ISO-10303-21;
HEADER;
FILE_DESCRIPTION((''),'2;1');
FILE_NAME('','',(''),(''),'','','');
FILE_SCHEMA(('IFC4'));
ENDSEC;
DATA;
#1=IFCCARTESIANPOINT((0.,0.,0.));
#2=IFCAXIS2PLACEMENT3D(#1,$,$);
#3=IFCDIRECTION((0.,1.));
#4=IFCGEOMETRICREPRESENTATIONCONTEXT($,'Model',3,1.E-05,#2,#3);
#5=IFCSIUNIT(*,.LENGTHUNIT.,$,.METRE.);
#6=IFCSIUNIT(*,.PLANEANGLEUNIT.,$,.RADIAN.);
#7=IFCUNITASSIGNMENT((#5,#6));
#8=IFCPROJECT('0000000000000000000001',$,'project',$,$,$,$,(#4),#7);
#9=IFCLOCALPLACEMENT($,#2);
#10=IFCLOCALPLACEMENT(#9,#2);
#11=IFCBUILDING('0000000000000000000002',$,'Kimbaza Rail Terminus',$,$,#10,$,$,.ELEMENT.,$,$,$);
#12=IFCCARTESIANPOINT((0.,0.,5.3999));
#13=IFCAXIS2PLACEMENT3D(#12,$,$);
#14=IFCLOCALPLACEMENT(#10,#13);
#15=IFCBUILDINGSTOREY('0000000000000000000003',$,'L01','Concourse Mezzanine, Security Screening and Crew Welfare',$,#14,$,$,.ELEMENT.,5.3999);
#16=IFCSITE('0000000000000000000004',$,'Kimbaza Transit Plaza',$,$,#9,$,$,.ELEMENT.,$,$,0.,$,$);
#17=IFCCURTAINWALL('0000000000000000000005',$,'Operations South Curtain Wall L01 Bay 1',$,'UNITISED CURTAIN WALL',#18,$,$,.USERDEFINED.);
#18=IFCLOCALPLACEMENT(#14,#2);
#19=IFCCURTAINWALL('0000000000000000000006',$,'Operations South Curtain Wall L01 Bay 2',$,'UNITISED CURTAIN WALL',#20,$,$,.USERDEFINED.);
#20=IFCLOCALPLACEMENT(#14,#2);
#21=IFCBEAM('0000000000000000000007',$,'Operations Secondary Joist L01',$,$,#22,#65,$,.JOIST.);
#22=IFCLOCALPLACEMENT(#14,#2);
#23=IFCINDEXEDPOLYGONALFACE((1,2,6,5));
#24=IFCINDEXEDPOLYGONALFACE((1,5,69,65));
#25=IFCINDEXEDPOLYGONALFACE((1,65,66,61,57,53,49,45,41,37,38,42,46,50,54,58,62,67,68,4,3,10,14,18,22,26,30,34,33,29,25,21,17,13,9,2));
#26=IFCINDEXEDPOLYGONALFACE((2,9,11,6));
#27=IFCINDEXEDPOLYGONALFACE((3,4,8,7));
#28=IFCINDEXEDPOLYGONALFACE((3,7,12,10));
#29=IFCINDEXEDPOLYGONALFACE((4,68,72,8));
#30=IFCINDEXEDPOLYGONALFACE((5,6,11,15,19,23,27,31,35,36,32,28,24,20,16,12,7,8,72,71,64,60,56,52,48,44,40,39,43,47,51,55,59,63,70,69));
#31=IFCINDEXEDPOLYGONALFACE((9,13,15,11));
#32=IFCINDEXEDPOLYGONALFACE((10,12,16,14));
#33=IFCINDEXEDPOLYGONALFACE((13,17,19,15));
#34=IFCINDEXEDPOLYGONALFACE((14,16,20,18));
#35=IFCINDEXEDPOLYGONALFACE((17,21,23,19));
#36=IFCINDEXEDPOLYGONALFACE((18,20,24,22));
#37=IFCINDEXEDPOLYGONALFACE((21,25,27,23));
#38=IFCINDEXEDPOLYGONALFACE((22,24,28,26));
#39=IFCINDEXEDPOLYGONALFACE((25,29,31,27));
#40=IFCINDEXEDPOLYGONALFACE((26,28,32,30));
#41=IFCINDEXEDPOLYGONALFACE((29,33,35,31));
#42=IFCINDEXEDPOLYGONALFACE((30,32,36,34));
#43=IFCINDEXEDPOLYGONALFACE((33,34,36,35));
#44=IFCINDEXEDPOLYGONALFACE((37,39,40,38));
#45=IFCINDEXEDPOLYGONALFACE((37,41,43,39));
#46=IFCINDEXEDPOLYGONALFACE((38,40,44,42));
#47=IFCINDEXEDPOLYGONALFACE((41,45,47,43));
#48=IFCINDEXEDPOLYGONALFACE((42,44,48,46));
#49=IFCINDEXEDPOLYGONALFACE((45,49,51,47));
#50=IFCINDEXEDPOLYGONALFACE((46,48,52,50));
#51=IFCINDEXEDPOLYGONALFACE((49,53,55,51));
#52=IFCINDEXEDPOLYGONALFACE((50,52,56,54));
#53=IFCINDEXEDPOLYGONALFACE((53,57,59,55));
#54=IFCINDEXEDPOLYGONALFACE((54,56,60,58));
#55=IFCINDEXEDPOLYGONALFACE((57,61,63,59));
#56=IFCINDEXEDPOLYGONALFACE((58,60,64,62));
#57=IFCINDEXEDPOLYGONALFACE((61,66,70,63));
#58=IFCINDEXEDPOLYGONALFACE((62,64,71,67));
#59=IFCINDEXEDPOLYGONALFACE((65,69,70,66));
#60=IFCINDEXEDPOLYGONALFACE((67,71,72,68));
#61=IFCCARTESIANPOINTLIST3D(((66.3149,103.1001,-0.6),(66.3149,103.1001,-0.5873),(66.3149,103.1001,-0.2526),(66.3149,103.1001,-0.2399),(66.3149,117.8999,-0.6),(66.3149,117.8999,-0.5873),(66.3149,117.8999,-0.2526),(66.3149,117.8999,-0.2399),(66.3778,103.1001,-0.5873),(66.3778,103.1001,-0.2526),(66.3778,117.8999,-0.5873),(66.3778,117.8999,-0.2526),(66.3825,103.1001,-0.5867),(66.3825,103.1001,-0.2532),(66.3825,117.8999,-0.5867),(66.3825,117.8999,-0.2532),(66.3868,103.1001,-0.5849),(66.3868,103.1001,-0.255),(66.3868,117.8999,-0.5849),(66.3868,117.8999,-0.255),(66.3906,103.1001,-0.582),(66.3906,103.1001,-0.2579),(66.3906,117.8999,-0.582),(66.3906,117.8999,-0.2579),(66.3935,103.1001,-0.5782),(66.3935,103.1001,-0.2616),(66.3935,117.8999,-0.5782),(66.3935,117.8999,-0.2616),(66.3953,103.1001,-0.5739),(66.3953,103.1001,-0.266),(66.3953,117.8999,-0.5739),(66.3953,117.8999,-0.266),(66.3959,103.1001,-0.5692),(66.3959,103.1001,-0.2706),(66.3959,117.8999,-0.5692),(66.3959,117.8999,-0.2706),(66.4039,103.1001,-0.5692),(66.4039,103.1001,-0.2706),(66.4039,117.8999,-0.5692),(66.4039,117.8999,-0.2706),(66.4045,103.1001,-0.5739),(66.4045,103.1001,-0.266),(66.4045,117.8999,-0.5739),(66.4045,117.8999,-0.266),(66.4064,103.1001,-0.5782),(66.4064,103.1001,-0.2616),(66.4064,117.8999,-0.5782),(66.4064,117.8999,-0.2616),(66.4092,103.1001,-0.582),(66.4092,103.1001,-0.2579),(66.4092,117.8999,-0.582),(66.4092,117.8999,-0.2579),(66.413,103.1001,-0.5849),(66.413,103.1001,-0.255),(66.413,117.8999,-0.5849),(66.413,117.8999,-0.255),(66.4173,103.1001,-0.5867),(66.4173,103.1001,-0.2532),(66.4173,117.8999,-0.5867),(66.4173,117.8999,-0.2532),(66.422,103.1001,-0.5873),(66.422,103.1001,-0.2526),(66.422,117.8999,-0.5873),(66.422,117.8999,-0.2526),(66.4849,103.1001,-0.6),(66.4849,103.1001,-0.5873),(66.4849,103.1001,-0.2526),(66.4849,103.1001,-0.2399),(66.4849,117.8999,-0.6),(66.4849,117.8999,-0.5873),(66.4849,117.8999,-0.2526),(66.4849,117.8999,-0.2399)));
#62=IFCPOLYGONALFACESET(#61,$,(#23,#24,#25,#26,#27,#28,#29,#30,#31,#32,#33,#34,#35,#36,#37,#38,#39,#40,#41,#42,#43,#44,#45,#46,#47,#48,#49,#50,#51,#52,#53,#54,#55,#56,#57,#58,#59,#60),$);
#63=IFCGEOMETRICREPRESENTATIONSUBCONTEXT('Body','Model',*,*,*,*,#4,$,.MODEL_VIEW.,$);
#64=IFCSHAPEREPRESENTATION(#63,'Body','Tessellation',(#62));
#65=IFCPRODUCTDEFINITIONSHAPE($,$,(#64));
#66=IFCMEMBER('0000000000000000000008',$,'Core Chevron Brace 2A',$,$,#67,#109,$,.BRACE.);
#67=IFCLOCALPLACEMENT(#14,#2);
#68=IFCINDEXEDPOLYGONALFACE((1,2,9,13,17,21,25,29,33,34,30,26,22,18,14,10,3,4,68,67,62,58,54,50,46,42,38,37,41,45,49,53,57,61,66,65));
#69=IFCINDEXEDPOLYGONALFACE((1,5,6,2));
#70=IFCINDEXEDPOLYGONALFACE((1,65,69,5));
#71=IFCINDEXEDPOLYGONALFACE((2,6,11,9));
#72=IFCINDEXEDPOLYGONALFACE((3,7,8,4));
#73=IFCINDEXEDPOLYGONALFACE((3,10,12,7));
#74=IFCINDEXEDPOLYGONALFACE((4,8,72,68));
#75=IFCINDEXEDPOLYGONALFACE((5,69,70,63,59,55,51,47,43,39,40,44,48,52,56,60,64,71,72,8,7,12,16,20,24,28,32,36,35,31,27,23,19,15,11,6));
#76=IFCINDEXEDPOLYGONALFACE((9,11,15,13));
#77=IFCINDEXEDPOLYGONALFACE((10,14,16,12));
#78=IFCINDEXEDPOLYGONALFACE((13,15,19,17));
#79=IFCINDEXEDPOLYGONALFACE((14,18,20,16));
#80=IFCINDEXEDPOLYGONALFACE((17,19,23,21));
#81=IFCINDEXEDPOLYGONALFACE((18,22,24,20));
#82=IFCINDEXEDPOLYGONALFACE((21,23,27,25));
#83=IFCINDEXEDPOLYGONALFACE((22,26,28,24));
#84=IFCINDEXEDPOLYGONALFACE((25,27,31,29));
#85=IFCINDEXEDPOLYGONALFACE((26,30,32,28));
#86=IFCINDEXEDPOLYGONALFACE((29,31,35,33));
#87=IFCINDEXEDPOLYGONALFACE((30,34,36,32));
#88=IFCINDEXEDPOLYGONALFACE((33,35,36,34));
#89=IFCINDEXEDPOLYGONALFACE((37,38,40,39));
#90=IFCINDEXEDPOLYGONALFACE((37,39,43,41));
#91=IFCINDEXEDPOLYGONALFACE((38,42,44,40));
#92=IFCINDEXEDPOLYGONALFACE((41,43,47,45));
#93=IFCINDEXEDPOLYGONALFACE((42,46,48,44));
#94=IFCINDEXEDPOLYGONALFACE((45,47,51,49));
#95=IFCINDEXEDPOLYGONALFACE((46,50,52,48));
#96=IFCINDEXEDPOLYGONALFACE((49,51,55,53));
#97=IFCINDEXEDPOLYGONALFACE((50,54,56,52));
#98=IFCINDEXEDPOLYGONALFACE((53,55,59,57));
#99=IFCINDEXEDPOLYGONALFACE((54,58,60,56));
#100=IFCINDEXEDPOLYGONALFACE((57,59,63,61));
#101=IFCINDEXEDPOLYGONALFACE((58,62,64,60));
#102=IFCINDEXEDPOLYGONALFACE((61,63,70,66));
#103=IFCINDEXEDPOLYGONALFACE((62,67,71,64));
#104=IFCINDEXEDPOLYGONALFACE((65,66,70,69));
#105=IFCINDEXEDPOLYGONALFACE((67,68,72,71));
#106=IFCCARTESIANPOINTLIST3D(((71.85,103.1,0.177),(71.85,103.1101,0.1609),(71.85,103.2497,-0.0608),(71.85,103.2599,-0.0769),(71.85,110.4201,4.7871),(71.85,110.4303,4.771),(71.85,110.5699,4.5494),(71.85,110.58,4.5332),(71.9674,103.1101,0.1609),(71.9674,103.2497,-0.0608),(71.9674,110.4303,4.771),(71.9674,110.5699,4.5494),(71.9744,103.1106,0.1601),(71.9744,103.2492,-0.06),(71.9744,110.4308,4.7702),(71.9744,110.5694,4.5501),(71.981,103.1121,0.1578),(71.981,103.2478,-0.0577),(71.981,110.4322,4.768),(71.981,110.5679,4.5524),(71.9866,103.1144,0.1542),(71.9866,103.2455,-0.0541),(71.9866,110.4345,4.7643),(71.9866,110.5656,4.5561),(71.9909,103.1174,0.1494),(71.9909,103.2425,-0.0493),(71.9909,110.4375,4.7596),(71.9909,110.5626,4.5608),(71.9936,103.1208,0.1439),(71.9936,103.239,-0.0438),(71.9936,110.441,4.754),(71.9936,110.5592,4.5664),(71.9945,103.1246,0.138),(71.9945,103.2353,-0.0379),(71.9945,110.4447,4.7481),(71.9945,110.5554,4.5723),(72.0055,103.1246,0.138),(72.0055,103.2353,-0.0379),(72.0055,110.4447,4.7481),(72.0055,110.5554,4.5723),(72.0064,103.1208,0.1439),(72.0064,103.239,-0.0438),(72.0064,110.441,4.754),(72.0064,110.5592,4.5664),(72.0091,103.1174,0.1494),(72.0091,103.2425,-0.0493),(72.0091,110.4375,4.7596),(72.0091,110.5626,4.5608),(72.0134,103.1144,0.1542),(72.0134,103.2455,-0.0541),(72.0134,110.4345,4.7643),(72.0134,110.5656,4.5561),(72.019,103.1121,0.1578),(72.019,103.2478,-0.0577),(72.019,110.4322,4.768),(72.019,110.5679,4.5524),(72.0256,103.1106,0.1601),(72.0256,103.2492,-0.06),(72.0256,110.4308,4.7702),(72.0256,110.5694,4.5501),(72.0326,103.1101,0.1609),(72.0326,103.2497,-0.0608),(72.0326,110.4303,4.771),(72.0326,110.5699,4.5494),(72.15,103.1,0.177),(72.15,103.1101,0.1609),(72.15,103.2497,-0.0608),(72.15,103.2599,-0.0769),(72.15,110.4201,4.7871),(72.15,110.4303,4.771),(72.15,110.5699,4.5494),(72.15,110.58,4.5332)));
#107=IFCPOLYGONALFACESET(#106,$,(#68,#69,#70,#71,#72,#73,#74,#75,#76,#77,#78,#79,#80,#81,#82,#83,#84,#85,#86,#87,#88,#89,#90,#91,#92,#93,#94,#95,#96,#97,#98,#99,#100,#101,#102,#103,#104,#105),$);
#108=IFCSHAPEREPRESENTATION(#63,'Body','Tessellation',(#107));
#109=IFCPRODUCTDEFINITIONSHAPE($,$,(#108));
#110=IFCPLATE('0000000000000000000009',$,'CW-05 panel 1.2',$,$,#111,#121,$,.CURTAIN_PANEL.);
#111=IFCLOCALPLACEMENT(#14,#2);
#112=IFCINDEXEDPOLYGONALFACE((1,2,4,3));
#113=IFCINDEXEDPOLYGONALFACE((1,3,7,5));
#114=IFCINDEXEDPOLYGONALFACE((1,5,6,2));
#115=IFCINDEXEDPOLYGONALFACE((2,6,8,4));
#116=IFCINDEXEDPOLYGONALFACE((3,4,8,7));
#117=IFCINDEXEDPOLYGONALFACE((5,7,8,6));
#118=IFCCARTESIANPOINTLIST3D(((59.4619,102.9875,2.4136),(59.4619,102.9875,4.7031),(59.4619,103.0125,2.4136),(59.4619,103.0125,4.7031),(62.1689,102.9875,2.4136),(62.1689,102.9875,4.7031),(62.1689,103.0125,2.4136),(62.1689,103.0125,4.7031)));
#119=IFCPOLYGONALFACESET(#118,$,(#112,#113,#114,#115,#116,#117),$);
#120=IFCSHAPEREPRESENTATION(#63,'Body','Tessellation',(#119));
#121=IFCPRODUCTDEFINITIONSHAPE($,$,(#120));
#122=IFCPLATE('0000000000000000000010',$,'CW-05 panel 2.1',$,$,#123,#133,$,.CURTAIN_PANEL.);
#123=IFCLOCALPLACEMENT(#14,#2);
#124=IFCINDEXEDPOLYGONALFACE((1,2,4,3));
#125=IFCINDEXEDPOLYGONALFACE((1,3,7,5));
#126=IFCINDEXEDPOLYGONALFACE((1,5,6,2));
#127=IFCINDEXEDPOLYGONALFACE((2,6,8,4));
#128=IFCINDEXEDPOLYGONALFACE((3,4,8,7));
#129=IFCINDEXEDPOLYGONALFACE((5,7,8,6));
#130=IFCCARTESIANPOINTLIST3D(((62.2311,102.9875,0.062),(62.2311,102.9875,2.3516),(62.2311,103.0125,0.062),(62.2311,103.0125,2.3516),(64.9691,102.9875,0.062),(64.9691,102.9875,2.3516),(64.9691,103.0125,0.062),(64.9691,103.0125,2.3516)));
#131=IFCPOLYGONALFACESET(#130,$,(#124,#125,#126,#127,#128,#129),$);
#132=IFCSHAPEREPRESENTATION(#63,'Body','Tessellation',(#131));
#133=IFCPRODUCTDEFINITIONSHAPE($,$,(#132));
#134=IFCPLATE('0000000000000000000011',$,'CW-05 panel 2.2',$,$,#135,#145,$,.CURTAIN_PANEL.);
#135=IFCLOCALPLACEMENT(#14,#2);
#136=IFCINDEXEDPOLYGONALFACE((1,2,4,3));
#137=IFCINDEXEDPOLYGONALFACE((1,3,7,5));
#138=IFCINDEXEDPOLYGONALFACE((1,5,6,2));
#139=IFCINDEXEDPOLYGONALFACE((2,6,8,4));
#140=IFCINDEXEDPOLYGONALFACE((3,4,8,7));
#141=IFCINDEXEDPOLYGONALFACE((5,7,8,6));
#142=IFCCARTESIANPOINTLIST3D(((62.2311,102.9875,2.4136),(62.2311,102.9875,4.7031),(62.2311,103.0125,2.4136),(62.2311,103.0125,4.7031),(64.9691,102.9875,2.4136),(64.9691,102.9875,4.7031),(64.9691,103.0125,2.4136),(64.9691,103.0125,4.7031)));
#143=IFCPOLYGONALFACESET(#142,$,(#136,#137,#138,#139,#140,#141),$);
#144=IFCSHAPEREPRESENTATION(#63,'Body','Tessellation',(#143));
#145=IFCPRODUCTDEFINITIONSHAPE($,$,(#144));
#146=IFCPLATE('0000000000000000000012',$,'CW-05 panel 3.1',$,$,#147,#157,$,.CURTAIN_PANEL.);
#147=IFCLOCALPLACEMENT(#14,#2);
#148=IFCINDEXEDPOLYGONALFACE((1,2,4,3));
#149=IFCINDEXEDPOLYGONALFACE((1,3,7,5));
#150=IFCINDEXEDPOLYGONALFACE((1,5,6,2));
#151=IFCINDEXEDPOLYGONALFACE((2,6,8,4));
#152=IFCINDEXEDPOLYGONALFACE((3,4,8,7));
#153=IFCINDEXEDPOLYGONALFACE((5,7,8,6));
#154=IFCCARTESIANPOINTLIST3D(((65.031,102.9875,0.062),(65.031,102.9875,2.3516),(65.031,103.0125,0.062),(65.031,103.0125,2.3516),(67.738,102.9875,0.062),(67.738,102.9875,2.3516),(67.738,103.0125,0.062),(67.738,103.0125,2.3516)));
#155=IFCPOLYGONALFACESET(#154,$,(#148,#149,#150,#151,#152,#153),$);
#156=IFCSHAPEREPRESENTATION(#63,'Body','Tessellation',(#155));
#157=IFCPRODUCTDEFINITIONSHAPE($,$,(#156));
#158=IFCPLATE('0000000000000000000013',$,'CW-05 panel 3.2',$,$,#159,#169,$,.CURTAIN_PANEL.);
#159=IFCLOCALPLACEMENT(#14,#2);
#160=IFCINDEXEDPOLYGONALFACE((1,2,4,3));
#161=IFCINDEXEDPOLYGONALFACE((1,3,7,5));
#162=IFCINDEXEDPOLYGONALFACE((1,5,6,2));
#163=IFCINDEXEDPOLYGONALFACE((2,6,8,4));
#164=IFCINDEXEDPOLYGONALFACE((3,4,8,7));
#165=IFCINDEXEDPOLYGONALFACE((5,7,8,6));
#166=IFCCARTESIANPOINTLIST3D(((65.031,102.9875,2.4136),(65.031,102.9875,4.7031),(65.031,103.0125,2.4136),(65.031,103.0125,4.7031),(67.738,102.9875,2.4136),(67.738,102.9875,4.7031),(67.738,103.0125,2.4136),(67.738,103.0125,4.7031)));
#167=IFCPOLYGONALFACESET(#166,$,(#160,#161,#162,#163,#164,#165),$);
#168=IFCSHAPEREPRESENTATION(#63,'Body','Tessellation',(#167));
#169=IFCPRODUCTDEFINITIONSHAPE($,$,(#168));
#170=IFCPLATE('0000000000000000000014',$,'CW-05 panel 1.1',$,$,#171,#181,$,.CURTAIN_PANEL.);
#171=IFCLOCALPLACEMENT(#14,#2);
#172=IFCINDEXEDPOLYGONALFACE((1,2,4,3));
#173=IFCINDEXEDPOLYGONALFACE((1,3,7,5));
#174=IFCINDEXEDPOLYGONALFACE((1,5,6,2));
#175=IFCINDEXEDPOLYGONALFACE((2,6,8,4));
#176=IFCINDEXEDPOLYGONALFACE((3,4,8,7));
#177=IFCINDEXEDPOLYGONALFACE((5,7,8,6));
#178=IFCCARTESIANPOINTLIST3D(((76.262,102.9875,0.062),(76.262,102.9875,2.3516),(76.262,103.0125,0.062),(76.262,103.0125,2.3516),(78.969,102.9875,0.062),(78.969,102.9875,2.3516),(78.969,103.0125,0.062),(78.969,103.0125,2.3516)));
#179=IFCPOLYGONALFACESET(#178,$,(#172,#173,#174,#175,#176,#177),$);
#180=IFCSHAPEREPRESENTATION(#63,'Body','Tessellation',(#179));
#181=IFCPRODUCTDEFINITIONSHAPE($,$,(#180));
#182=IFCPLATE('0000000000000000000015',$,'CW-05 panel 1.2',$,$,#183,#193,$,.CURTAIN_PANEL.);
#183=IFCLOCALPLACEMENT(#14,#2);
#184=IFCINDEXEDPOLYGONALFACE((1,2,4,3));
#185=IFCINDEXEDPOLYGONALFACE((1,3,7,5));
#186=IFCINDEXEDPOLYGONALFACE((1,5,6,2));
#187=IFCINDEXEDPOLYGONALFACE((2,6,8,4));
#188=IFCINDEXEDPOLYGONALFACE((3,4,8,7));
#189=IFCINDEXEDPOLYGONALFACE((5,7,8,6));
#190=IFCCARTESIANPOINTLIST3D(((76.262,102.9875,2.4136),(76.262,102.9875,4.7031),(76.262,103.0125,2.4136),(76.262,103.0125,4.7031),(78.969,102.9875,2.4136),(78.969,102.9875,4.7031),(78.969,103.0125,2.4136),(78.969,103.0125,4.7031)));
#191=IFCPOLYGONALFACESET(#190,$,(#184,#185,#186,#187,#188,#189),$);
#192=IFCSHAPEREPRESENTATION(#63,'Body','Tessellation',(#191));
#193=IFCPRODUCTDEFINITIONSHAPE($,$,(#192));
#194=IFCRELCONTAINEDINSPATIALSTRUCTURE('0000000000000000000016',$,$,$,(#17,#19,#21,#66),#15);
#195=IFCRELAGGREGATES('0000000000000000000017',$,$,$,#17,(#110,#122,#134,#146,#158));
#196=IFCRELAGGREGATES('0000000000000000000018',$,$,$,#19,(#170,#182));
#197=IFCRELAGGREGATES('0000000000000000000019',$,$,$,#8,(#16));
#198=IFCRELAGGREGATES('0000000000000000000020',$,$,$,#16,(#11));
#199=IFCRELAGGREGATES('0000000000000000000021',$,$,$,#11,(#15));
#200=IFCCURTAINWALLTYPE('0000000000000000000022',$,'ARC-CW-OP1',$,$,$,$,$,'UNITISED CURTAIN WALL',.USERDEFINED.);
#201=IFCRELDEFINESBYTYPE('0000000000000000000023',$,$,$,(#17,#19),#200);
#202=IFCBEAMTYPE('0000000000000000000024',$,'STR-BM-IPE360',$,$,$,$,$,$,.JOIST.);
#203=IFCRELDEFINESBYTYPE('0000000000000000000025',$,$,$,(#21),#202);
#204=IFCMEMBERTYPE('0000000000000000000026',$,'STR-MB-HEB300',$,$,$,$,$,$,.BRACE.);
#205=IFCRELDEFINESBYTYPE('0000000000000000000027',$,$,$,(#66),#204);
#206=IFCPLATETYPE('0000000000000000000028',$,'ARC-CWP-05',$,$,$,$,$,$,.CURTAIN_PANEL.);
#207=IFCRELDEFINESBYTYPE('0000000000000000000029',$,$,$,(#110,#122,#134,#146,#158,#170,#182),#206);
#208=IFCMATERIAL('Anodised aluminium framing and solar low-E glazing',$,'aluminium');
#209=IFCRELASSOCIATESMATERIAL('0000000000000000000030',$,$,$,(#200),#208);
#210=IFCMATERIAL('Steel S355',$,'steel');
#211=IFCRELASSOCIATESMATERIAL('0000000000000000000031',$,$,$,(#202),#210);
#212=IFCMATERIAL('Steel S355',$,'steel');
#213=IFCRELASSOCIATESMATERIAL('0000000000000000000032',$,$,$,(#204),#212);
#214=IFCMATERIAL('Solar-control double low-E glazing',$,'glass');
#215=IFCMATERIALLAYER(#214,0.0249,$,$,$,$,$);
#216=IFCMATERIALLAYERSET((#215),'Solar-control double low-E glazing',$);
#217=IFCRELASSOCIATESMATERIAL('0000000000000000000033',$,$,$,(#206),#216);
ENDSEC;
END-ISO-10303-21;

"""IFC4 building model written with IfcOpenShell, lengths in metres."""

from ifc_helpers import new_model, si_unit, direction, frame, origin, origin_2d, place, context, subcontext, project, spatial, rectangle, i_section, extrude, material, layer, layer_set, material_profile, profile_set, type_object, element, aggregate, save


model = new_model("IFC4")

# Units and contexts
model_context = context("Model", 3, precision=1e-05, world=origin(), true_north=direction((0.0, 1.0)))
body_context = subcontext(model_context, "Body", "Model", "MODEL_VIEW")
ifc_project = project(units=[si_unit("LENGTHUNIT", "METRE"), si_unit("PLANEANGLEUNIT", "RADIAN")], contexts=[model_context])

# Site, building, storey
site_placement = place(None, origin())
site = spatial("IfcSite", under=ifc_project, at=site_placement, Name="Kimbaza Transit Plaza", CompositionType="ELEMENT", RefElevation=0.0)
building_placement = place(site_placement, origin())
building = spatial("IfcBuilding", under=site, at=building_placement, Name="Kimbaza Rail Terminus", CompositionType="ELEMENT")
storey_placement = place(building_placement, frame((0.0, 0.0, 5.3999)))
storey = spatial("IfcBuildingStorey", under=building, at=storey_placement, Name="L01", Description="Concourse Mezzanine, Security Screening and Crew Welfare", CompositionType="ELEMENT", Elevation=5.3999)

# Curtain wall
ifc_material_1 = material(Name="Anodised aluminium framing and solar low-E glazing", Category="aluminium")
curtain_wall_type = type_object("IfcCurtainWallType", Name="ARC-CW-OP1", ElementType="UNITISED CURTAIN WALL", PredefinedType="USERDEFINED", material=ifc_material_1)
curtain_wall_1_placement = place(storey_placement, origin())
curtain_wall_1 = element("IfcCurtainWall", 1, at=curtain_wall_1_placement, inside=storey, type_object=curtain_wall_type, Name="Operations South Curtain Wall L01 Bay 1", ObjectType="UNITISED CURTAIN WALL", PredefinedType="USERDEFINED")

# Curtain wall
curtain_wall_2_placement = place(storey_placement, origin())
curtain_wall_2 = element("IfcCurtainWall", 2, at=curtain_wall_2_placement, inside=storey, type_object=curtain_wall_type, Name="Operations South Curtain Wall L01 Bay 2", ObjectType="UNITISED CURTAIN WALL", PredefinedType="USERDEFINED")

# Beam
ifc_material_2 = material(Name="Steel S355", Category="steel")
ifc_material_profile_1 = material_profile(ifc_material_2, i_section(OverallWidth=0.1699, OverallDepth=0.3601, WebThickness=0.0081, FlangeThickness=0.0127, FilletRadius=0.0181, at=origin_2d()), Name="IPE 360")
ifc_profile_set_1 = profile_set([ifc_material_profile_1], Name="Steel S355")
beam_type_1 = type_object("IfcBeamType", Name="STR-BM-IPE360", PredefinedType="JOIST", material=ifc_profile_set_1)
for number, where, z_axis, x_axis, name in (
    (3, (66.3999, 103.1001, -0.4199), (0.0, 1.0, 0.0), (-1.0, 0.0, 0.0), "Operations Secondary Joist L01"),
):
    element("IfcBeam", number, at=place(storey_placement, frame(where, z_axis=z_axis, x_axis=x_axis)), inside=storey, type_object=beam_type_1, Name=name, PredefinedType="JOIST", context=body_context, shape_type="SweptSolid", body=[
        extrude(i_section(OverallWidth=0.1699, OverallDepth=0.3601, WebThickness=0.0081, FlangeThickness=0.0127, FilletRadius=0.0181, at=origin_2d()), origin(), (0.0, 0.0, 1.0), 14.7998),
    ])

# Member
ifc_material_3 = material(Name="Steel S355", Category="steel")
ifc_material_profile_2 = material_profile(ifc_material_3, i_section(OverallWidth=0.3, OverallDepth=0.3, WebThickness=0.011, FlangeThickness=0.019, FilletRadius=0.0271, at=origin_2d()), Name="HEB 300")
ifc_profile_set_2 = profile_set([ifc_material_profile_2], Name="Steel S355")
member_type_1 = type_object("IfcMemberType", Name="STR-MB-HEB300", PredefinedType="BRACE", material=ifc_profile_set_2)
member_1_placement = place(storey_placement, frame((72.0, 103.1799, 0.05), z_axis=(0.0, 0.846172, 0.532911), x_axis=(-1.0, 0.0, 0.0)))
element("IfcMember", 4, at=member_1_placement, inside=storey, type_object=member_type_1, Name="Core Chevron Brace 2A", PredefinedType="BRACE", context=body_context, shape_type="SweptSolid", body=[
    extrude(i_section(OverallWidth=0.3, OverallDepth=0.3, WebThickness=0.011, FlangeThickness=0.019, FilletRadius=0.0271, at=origin_2d()), origin(), (0.0, 0.0, 1.0), 8.6509),
])

# Plates
ifc_material_4 = material(Name="Solar-control double low-E glazing", Category="glass")
ifc_layer_1 = layer(ifc_material_4, 0.0249)
ifc_layer_set_1 = layer_set([ifc_layer_1], Name="Solar-control double low-E glazing")
plate_type = type_object("IfcPlateType", Name="ARC-CWP-05", PredefinedType="CURTAIN_PANEL", material=ifc_layer_set_1)
plate_1_placement = place(storey_placement, frame((60.8154, 103.0, 2.4136), z_axis=(0.0, 0.0, 1.0), x_axis=(1.0, 0.0, 0.0)))
plate_1 = element("IfcPlate", 5, at=plate_1_placement, type_object=plate_type, Name="CW-05 panel 1.2", PredefinedType="CURTAIN_PANEL", context=body_context, shape_type="SweptSolid", body=[
    extrude(rectangle(XDim=2.707, YDim=0.0249, at=origin_2d()), origin(), (0.0, 0.0, 1.0), 2.2896),
])
plate_2_placement = place(storey_placement, frame((63.6001, 103.0, 0.062), z_axis=(0.0, 0.0, 1.0), x_axis=(1.0, 0.0, 0.0)))
plate_2 = element("IfcPlate", 6, at=plate_2_placement, type_object=plate_type, Name="CW-05 panel 2.1", PredefinedType="CURTAIN_PANEL", context=body_context, shape_type="SweptSolid", body=[
    extrude(rectangle(XDim=2.738, YDim=0.0249, at=origin_2d()), origin(), (0.0, 0.0, 1.0), 2.2896),
])
plate_3_placement = place(storey_placement, frame((63.6001, 103.0, 2.4136), z_axis=(0.0, 0.0, 1.0), x_axis=(1.0, 0.0, 0.0)))
plate_3 = element("IfcPlate", 7, at=plate_3_placement, type_object=plate_type, Name="CW-05 panel 2.2", PredefinedType="CURTAIN_PANEL", context=body_context, shape_type="SweptSolid", body=[
    extrude(rectangle(XDim=2.738, YDim=0.0249, at=origin_2d()), origin(), (0.0, 0.0, 1.0), 2.2896),
])
plate_4_placement = place(storey_placement, frame((66.3845, 103.0, 0.062), z_axis=(0.0, 0.0, 1.0), x_axis=(1.0, 0.0, 0.0)))
plate_4 = element("IfcPlate", 8, at=plate_4_placement, type_object=plate_type, Name="CW-05 panel 3.1", PredefinedType="CURTAIN_PANEL", context=body_context, shape_type="SweptSolid", body=[
    extrude(rectangle(XDim=2.707, YDim=0.0249, at=origin_2d()), origin(), (0.0, 0.0, 1.0), 2.2896),
])
plate_5_placement = place(storey_placement, frame((66.3845, 103.0, 2.4136), z_axis=(0.0, 0.0, 1.0), x_axis=(1.0, 0.0, 0.0)))
plate_5 = element("IfcPlate", 9, at=plate_5_placement, type_object=plate_type, Name="CW-05 panel 3.2", PredefinedType="CURTAIN_PANEL", context=body_context, shape_type="SweptSolid", body=[
    extrude(rectangle(XDim=2.707, YDim=0.0249, at=origin_2d()), origin(), (0.0, 0.0, 1.0), 2.2896),
])
aggregate(curtain_wall_1, [plate_1, plate_2, plate_3, plate_4, plate_5])
plate_6_placement = place(storey_placement, frame((77.6155, 103.0, 0.062), z_axis=(0.0, 0.0, 1.0), x_axis=(1.0, 0.0, 0.0)))
plate_6 = element("IfcPlate", 10, at=plate_6_placement, type_object=plate_type, Name="CW-05 panel 1.1", PredefinedType="CURTAIN_PANEL", context=body_context, shape_type="SweptSolid", body=[
    extrude(rectangle(XDim=2.707, YDim=0.0249, at=origin_2d()), origin(), (0.0, 0.0, 1.0), 2.2896),
])
plate_7_placement = place(storey_placement, frame((77.6155, 103.0, 2.4136), z_axis=(0.0, 0.0, 1.0), x_axis=(1.0, 0.0, 0.0)))
plate_7 = element("IfcPlate", 11, at=plate_7_placement, type_object=plate_type, Name="CW-05 panel 1.2", PredefinedType="CURTAIN_PANEL", context=body_context, shape_type="SweptSolid", body=[
    extrude(rectangle(XDim=2.707, YDim=0.0249, at=origin_2d()), origin(), (0.0, 0.0, 1.0), 2.2896),
])
aggregate(curtain_wall_2, [plate_6, plate_7])

save(model, "model.ifc")
